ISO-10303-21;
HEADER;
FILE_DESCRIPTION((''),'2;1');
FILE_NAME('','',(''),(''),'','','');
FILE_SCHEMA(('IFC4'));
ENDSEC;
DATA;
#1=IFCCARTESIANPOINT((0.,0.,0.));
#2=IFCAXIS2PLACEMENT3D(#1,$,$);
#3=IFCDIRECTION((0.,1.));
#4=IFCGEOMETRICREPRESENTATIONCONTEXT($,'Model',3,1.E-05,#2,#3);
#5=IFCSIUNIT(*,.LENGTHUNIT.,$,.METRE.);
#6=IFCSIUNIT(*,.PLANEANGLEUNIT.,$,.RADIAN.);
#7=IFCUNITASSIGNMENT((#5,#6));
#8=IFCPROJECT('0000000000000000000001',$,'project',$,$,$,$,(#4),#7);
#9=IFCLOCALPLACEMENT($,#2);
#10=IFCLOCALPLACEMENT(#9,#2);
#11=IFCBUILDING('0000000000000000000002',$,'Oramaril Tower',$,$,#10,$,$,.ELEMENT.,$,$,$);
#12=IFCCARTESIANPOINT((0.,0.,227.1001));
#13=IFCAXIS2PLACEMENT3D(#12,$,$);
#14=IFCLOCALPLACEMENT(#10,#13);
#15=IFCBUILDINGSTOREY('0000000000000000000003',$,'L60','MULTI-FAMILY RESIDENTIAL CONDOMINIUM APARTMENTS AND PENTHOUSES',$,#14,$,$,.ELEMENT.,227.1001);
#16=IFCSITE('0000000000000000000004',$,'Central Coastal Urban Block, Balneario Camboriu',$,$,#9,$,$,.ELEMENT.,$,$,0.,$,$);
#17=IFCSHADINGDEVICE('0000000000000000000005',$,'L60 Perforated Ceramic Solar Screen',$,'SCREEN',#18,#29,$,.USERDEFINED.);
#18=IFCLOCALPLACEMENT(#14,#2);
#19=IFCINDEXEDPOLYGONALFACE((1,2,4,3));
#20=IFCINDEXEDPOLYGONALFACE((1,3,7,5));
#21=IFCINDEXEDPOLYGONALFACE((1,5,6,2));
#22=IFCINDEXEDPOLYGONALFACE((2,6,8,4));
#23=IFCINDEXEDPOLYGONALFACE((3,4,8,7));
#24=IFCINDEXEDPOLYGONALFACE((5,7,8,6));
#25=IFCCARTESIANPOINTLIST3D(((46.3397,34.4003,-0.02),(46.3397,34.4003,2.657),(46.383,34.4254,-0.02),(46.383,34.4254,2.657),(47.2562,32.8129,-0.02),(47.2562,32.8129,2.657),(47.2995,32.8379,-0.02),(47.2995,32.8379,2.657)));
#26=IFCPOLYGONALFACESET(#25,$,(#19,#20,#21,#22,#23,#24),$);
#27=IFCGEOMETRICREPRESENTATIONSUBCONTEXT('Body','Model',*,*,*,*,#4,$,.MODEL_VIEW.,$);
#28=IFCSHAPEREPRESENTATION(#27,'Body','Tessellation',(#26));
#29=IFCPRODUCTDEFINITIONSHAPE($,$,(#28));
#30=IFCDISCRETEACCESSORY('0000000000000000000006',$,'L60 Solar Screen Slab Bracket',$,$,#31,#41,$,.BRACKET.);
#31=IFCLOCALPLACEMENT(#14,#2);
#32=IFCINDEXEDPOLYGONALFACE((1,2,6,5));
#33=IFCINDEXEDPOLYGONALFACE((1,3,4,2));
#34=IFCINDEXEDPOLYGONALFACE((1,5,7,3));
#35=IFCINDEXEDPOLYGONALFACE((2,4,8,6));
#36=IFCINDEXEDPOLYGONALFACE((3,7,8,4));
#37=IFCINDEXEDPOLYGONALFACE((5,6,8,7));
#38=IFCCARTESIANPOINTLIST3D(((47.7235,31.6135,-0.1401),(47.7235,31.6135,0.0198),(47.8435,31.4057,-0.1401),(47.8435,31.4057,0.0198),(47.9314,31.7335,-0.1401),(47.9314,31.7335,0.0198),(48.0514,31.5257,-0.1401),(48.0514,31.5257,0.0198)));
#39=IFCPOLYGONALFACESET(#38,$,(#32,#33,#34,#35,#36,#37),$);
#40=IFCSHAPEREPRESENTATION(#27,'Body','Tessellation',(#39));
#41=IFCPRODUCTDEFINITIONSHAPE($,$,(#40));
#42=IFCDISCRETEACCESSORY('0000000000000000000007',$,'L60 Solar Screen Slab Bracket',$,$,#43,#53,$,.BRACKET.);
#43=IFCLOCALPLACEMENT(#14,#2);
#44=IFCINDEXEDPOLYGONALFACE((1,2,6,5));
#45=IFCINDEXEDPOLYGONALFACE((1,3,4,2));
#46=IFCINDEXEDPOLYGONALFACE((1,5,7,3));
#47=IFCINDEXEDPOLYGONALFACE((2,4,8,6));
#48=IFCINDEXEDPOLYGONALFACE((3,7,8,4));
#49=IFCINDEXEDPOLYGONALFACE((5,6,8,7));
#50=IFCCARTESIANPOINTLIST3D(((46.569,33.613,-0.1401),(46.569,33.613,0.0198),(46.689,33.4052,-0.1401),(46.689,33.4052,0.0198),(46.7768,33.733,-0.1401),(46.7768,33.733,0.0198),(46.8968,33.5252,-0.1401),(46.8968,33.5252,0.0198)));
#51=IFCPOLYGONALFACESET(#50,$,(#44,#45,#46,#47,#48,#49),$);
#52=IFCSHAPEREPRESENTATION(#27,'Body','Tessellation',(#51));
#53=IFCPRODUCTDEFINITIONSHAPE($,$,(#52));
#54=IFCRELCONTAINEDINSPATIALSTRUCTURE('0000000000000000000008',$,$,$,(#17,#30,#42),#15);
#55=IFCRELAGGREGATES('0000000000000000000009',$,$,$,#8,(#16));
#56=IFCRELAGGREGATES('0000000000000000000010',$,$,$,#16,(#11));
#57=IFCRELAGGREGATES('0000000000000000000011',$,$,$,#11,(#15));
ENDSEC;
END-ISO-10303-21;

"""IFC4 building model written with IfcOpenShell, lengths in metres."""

from ifc_helpers import new_model, si_unit, direction, frame, origin, origin_2d, place, context, subcontext, project, spatial, rectangle, extrude, element, save


model = new_model("IFC4")

# Units and contexts
model_context = context("Model", 3, precision=1e-05, world=origin(), true_north=direction((0.0, 1.0)))
body_context = subcontext(model_context, "Body", "Model", "MODEL_VIEW")
ifc_project = project(units=[si_unit("LENGTHUNIT", "METRE"), si_unit("PLANEANGLEUNIT", "RADIAN")], contexts=[model_context])

# Site, building, storey
site_placement = place(None, origin())
site = spatial("IfcSite", under=ifc_project, at=site_placement, Name="Central Coastal Urban Block, Balneario Camboriu", CompositionType="ELEMENT", RefElevation=0.0)
building_placement = place(site_placement, origin())
building = spatial("IfcBuilding", under=site, at=building_placement, Name="Oramaril Tower", CompositionType="ELEMENT")
storey_placement = place(building_placement, frame((0.0, 0.0, 227.1001)))
storey = spatial("IfcBuildingStorey", under=building, at=storey_placement, Name="L60", Description="MULTI-FAMILY RESIDENTIAL CONDOMINIUM APARTMENTS AND PENTHOUSES", CompositionType="ELEMENT", Elevation=227.1001)

# Shading device
for number, where, z_axis, x_axis, name in (
    (1, (46.8196, 33.6191, -0.02), (0.0, 0.0, 1.0), (-0.499995, 0.866028, 0.0), "L60 Perforated Ceramic Solar Screen"),
):
    element("IfcShadingDevice", number, at=place(storey_placement, frame(where, z_axis=z_axis, x_axis=x_axis)), inside=storey, Name=name, ObjectType="SCREEN", PredefinedType="USERDEFINED", context=body_context, shape_type="SweptSolid", body=[
        extrude(rectangle(XDim=1.833, YDim=0.05, at=origin_2d()), origin(), (0.0, 0.0, 1.0), 2.677),
    ])

# Discrete accessories
for number, where, z_axis, x_axis, name in (
    (2, (47.8875, 31.5696, -0.1401), (0.0, 0.0, 1.0), (-0.499995, 0.866028, 0.0), "L60 Solar Screen Slab Bracket"),
    (3, (46.7329, 33.5691, -0.1401), (0.0, 0.0, 1.0), (-0.499995, 0.866028, 0.0), "L60 Solar Screen Slab Bracket"),
):
    element("IfcDiscreteAccessory", number, at=place(storey_placement, frame(where, z_axis=z_axis, x_axis=x_axis)), inside=storey, Name=name, PredefinedType="BRACKET", context=body_context, shape_type="SweptSolid", body=[
        extrude(rectangle(XDim=0.24, YDim=0.24, at=origin_2d()), origin(), (0.0, 0.0, 1.0), 0.1599),
    ])

save(model, "model.ifc")
